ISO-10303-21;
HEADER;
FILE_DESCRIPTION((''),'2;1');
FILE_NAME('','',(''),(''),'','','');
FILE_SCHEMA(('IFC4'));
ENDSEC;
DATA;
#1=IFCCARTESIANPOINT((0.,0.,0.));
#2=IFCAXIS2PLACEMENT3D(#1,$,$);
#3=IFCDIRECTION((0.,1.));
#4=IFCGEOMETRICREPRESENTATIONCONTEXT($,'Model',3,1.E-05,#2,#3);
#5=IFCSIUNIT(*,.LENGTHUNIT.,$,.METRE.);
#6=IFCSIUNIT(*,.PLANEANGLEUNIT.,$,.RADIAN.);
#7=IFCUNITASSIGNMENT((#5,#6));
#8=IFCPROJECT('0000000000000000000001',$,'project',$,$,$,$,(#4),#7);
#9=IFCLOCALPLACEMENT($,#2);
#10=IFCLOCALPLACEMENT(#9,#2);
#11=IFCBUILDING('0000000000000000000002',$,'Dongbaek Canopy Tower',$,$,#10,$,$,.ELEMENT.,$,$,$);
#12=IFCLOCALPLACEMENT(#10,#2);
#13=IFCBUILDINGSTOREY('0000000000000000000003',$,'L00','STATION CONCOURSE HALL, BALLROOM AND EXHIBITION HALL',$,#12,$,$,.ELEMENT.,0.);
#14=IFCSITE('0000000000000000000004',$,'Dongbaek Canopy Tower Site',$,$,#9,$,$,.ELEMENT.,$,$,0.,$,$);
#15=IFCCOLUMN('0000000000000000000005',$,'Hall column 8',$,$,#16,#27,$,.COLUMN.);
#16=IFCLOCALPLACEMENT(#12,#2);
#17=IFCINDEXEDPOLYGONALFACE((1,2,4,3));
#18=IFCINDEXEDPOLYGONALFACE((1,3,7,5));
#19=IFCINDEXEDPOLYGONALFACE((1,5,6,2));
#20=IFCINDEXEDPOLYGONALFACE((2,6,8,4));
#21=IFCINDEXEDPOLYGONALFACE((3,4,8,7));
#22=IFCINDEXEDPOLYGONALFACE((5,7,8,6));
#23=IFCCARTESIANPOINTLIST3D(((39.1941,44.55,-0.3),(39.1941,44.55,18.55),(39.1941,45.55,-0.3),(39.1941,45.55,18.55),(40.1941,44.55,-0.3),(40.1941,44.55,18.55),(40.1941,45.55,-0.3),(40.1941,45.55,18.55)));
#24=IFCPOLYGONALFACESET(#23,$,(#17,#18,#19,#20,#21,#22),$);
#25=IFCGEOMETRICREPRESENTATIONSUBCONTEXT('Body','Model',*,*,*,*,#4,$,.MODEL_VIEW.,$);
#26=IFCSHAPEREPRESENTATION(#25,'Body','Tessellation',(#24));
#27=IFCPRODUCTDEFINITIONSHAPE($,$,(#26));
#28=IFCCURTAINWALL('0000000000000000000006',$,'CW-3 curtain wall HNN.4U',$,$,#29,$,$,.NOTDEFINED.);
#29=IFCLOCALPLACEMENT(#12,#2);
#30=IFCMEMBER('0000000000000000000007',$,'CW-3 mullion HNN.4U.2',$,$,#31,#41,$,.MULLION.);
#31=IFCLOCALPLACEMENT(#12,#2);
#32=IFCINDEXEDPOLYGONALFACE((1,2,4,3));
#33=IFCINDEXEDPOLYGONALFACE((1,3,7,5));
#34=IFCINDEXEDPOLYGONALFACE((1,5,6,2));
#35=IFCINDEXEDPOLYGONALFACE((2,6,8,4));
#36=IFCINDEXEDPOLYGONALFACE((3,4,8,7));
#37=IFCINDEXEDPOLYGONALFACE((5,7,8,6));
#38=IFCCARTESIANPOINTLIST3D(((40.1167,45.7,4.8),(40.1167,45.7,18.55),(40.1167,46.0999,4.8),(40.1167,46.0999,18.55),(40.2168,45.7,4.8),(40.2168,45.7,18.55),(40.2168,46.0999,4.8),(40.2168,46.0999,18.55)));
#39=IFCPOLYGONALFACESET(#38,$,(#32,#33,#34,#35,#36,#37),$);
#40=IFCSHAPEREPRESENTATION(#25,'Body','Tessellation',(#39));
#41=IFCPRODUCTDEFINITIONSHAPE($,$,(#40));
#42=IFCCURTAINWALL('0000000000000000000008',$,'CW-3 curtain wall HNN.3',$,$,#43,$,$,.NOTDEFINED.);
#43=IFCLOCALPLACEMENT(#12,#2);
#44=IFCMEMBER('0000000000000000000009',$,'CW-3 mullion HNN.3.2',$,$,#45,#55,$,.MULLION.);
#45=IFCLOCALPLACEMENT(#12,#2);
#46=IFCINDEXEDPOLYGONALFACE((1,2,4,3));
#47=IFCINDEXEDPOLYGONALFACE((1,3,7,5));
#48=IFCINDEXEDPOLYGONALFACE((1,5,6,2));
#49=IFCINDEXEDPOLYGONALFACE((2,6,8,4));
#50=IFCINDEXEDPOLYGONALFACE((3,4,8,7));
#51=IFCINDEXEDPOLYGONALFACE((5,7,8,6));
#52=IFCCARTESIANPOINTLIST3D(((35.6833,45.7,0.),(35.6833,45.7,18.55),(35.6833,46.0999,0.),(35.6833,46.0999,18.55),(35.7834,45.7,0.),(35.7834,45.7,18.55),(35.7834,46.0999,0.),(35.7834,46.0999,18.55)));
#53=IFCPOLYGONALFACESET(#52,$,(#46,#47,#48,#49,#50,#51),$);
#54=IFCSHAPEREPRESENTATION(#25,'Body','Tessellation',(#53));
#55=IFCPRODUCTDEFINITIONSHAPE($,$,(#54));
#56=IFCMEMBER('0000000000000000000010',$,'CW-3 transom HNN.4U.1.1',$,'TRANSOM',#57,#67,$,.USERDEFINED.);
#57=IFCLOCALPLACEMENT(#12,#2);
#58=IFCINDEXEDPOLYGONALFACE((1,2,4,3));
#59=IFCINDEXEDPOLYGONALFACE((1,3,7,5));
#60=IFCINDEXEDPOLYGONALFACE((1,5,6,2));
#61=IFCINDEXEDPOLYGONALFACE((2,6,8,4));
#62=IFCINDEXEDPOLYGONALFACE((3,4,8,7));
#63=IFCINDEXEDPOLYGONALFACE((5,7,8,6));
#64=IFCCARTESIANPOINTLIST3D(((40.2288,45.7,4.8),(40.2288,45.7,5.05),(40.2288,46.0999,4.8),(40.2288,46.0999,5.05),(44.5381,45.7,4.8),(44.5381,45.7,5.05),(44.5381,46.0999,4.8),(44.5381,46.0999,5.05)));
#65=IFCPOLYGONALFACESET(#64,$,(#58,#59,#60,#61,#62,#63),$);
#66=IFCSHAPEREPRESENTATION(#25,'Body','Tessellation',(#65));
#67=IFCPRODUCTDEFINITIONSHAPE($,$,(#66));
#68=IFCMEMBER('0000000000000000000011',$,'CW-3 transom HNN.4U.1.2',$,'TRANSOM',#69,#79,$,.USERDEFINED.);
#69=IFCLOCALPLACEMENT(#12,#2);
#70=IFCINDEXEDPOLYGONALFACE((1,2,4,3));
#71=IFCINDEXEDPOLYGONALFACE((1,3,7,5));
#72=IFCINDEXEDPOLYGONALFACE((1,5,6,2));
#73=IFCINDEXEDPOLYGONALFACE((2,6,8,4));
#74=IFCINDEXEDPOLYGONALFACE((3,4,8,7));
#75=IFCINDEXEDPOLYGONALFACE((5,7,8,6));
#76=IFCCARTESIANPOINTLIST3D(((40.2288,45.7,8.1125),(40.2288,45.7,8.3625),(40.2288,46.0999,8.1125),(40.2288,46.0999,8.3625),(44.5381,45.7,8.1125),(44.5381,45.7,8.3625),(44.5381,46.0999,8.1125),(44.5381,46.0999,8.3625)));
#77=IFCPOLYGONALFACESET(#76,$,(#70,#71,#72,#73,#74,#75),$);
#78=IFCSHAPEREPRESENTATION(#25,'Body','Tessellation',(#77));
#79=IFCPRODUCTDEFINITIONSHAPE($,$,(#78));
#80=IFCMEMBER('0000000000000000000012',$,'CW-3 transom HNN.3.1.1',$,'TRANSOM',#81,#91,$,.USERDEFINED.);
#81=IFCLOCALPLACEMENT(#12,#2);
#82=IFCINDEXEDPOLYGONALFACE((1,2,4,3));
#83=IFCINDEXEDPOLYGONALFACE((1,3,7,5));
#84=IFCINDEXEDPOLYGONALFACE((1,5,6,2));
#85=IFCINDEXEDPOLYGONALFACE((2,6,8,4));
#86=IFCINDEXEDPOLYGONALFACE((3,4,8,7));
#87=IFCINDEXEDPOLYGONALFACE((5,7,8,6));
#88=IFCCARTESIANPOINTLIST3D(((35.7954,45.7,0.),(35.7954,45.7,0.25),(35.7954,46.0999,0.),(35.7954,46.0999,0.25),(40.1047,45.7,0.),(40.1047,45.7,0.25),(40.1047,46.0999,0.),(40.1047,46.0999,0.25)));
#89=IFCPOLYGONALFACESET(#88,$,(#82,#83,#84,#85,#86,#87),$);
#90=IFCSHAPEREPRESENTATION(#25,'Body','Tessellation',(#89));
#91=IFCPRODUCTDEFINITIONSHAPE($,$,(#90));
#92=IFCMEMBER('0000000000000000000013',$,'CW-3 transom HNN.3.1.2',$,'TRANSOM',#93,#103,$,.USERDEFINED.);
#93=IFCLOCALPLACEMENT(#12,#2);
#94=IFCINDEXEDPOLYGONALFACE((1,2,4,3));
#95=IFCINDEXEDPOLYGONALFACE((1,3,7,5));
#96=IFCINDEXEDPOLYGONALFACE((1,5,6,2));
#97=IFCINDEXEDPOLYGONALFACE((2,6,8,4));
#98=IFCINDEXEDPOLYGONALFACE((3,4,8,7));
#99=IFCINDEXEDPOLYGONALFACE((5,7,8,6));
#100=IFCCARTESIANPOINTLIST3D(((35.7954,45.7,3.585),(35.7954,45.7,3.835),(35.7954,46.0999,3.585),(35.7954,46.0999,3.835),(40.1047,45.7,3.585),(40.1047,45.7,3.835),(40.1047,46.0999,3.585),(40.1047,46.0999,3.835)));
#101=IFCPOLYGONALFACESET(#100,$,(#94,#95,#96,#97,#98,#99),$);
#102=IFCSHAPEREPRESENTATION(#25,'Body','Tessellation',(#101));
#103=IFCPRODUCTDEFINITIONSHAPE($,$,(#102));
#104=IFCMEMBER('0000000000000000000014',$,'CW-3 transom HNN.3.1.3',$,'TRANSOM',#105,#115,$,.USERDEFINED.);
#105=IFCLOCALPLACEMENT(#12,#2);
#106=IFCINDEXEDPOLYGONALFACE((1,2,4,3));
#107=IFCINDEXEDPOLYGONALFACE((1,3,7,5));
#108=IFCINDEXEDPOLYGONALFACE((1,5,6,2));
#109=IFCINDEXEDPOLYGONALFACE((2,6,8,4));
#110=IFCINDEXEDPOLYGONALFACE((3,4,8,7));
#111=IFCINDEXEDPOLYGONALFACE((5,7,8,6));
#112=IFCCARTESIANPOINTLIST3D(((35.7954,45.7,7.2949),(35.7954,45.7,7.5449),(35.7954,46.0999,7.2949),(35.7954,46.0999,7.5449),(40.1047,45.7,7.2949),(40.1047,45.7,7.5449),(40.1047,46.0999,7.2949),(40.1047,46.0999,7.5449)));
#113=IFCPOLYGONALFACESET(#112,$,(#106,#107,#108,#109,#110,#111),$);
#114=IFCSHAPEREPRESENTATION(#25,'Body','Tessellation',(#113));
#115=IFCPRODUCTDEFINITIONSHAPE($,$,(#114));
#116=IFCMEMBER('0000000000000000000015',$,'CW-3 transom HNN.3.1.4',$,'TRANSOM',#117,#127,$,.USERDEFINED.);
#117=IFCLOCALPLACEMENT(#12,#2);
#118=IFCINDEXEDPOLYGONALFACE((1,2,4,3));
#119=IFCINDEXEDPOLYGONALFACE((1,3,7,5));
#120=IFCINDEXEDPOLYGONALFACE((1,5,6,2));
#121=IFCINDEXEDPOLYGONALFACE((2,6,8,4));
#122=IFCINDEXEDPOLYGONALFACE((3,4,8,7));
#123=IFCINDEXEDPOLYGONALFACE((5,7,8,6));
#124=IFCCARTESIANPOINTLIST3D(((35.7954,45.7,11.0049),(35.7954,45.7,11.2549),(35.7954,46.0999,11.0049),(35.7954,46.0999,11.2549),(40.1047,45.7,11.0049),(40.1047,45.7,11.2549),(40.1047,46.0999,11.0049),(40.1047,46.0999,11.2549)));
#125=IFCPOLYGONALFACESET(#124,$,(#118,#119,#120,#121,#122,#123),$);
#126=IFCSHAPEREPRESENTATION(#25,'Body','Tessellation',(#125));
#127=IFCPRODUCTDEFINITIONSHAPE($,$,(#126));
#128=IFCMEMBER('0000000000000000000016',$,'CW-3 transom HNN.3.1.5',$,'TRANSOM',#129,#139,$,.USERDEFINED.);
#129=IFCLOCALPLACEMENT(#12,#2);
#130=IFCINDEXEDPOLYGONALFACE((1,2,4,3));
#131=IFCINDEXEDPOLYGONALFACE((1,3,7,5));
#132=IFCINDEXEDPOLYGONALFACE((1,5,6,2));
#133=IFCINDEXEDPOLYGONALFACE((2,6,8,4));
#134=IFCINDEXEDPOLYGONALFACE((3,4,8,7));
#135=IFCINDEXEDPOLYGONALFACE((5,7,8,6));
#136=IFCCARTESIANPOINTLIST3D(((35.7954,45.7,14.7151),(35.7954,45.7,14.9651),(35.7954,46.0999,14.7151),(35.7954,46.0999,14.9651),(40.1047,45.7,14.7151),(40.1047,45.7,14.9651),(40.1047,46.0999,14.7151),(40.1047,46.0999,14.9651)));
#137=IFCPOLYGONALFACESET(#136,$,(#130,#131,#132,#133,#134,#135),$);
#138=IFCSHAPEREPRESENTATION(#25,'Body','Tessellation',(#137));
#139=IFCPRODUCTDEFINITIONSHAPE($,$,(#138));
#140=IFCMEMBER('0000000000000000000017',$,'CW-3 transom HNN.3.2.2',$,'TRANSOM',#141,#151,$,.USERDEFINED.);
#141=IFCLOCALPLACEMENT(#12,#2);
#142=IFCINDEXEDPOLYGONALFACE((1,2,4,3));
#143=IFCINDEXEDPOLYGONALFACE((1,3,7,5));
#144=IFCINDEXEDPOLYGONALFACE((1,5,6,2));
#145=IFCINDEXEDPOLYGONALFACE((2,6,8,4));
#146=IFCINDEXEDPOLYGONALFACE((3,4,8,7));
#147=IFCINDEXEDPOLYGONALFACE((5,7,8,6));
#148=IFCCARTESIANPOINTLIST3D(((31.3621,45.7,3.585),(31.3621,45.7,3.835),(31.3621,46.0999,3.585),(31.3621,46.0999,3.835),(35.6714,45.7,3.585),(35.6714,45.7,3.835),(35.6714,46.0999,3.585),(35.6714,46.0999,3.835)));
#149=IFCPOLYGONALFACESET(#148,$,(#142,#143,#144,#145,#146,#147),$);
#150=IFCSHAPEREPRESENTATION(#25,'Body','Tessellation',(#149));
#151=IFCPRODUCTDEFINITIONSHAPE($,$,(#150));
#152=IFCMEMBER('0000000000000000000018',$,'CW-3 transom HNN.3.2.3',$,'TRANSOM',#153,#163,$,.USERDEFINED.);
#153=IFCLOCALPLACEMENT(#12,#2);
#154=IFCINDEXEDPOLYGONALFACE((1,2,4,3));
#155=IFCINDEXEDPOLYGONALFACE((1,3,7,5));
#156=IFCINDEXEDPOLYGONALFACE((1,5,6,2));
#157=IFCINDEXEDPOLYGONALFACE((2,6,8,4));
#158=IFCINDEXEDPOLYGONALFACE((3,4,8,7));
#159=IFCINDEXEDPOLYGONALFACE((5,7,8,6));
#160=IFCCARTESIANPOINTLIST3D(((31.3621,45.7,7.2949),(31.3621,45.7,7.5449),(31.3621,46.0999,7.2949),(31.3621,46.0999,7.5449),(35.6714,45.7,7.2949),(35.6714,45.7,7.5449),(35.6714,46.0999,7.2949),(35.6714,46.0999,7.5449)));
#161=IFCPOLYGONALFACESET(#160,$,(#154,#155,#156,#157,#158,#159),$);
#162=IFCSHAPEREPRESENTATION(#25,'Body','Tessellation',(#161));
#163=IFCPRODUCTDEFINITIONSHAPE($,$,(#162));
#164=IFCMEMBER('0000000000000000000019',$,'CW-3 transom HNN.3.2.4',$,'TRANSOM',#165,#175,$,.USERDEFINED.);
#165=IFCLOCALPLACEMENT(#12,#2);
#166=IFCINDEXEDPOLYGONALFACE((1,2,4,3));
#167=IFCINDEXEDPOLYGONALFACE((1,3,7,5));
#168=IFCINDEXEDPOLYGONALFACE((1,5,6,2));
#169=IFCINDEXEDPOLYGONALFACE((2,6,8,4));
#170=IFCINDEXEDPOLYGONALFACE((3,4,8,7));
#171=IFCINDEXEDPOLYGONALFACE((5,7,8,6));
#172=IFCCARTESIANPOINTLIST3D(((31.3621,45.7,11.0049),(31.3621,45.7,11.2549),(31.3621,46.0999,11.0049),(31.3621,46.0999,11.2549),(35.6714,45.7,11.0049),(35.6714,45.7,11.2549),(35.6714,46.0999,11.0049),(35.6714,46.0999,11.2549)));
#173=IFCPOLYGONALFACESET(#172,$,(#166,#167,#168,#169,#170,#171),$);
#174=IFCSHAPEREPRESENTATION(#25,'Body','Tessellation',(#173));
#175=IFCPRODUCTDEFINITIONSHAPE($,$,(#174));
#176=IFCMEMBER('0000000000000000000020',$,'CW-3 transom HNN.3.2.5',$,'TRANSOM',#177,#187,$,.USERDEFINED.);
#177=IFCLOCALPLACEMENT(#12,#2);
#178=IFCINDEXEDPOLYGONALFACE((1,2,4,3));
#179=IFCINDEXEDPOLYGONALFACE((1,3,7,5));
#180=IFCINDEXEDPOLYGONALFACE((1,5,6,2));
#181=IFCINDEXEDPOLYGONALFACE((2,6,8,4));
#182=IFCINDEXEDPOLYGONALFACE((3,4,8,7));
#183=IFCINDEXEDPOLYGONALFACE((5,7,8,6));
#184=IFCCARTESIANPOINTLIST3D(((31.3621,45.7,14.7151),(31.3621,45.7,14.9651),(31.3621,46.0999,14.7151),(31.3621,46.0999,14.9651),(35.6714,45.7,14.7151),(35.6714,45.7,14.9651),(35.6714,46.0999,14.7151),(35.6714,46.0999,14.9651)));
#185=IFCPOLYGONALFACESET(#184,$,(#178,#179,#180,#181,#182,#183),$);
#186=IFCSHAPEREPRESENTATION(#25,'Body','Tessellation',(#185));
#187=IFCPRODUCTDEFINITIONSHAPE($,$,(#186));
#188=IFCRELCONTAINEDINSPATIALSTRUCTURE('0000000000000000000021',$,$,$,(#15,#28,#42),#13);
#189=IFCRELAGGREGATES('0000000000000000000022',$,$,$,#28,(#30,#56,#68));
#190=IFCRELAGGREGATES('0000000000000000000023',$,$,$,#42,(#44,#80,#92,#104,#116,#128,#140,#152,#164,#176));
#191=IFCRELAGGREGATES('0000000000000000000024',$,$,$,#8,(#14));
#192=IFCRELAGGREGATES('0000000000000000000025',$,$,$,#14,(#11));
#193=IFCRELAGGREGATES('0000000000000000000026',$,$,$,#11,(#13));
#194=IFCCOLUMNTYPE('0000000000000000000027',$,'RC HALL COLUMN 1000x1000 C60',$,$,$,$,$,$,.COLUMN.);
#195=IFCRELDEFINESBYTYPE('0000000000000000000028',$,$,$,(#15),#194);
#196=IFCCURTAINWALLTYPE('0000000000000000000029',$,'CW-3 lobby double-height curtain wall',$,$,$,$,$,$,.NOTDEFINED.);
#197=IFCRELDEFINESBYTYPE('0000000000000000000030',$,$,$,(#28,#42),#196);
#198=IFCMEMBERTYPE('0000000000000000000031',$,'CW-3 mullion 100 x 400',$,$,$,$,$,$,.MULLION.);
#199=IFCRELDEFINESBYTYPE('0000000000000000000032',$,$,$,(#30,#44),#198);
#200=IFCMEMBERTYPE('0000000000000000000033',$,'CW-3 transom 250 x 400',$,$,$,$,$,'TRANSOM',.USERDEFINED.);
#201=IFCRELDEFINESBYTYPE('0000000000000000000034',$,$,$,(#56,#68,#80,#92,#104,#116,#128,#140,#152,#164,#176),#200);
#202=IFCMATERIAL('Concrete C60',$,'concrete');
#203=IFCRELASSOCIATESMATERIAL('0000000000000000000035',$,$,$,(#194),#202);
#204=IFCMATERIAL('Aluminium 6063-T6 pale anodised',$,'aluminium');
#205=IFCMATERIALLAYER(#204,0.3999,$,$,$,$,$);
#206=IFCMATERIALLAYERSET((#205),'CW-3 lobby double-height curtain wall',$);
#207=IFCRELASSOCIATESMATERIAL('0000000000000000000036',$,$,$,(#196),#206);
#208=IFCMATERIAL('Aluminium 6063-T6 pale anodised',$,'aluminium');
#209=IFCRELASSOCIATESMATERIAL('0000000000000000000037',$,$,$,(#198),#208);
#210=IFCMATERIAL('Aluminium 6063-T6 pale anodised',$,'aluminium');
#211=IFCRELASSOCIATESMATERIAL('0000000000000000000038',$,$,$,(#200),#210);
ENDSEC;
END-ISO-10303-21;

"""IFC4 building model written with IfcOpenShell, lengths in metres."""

from ifc_helpers import new_model, si_unit, direction, frame, origin, origin_2d, place, context, subcontext, project, spatial, rectangle, extrude, material, layer, layer_set, material_profile, profile_set, type_object, element, aggregate, save


model = new_model("IFC4")

# Units and contexts
model_context = context("Model", 3, precision=1e-05, world=origin(), true_north=direction((0.0, 1.0)))
body_context = subcontext(model_context, "Body", "Model", "MODEL_VIEW")
ifc_project = project(units=[si_unit("LENGTHUNIT", "METRE"), si_unit("PLANEANGLEUNIT", "RADIAN")], contexts=[model_context])

# Site, building, storey
site_placement = place(None, origin())
site = spatial("IfcSite", under=ifc_project, at=site_placement, Name="Dongbaek Canopy Tower Site", CompositionType="ELEMENT", RefElevation=0.0)
building_placement = place(site_placement, origin())
building = spatial("IfcBuilding", under=site, at=building_placement, Name="Dongbaek Canopy Tower", CompositionType="ELEMENT")
storey_placement = place(building_placement, origin())
storey = spatial("IfcBuildingStorey", under=building, at=storey_placement, Name="L00", Description="STATION CONCOURSE HALL, BALLROOM AND EXHIBITION HALL", CompositionType="ELEMENT", Elevation=0.0)

# Column
ifc_material_1 = material(Name="Concrete C60", Category="concrete")
ifc_material_profile_1 = material_profile(ifc_material_1, rectangle(XDim=1.0, YDim=1.0, at=origin_2d()), Name="RC HALL COLUMN 1000x1000 C60")
ifc_profile_set_1 = profile_set([ifc_material_profile_1], Name="Concrete C60")
column_type = type_object("IfcColumnType", Name="RC HALL COLUMN 1000x1000 C60", PredefinedType="COLUMN", material=ifc_profile_set_1)
column_placement = place(storey_placement, frame((39.6941, 45.05, -0.3), z_axis=(0.0, 0.0, 1.0), x_axis=(1.0, 0.0, 0.0)))
element("IfcColumn", 1, at=column_placement, inside=storey, type_object=column_type, Name="Hall column 8", PredefinedType="COLUMN", context=body_context, shape_type="SweptSolid", body=[
    extrude(rectangle(XDim=1.0, YDim=1.0, at=origin_2d()), origin(), (0.0, 0.0, 1.0), 18.8501),
])

# Curtain walls, members
ifc_material_2 = material(Name="Aluminium 6063-T6 pale anodised", Category="aluminium")
ifc_layer_1 = layer(ifc_material_2, 0.3999)
ifc_layer_set_1 = layer_set([ifc_layer_1], Name="CW-3 lobby double-height curtain wall")
curtain_wall_type = type_object("IfcCurtainWallType", Name="CW-3 lobby double-height curtain wall", PredefinedType="NOTDEFINED", material=ifc_layer_set_1)
curtain_wall_1_placement = place(storey_placement, origin())
curtain_wall_1 = element("IfcCurtainWall", 2, at=curtain_wall_1_placement, inside=storey, type_object=curtain_wall_type, Name="CW-3 curtain wall HNN.4U", PredefinedType="NOTDEFINED")
ifc_material_3 = material(Name="Aluminium 6063-T6 pale anodised", Category="aluminium")
ifc_material_profile_2 = material_profile(ifc_material_3, rectangle(XDim=0.3999, YDim=0.1001, at=origin_2d()), Name="CW-3 mullion 100 x 400")
ifc_profile_set_2 = profile_set([ifc_material_profile_2], Name="Aluminium 6063-T6 pale anodised")
member_type_1 = type_object("IfcMemberType", Name="CW-3 mullion 100 x 400", PredefinedType="MULLION", material=ifc_profile_set_2)
member_1_placement = place(storey_placement, frame((40.1667, 45.8999, 4.8), z_axis=(0.0, 0.0, 1.0), x_axis=(0.0, 1.0, 0.0)))
member_1 = element("IfcMember", 3, at=member_1_placement, type_object=member_type_1, Name="CW-3 mullion HNN.4U.2", PredefinedType="MULLION", context=body_context, shape_type="SweptSolid", body=[
    extrude(rectangle(XDim=0.3999, YDim=0.1001, at=origin_2d()), origin(), (0.0, 0.0, 1.0), 13.75),
])
curtain_wall_2_placement = place(storey_placement, origin())
curtain_wall_2 = element("IfcCurtainWall", 4, at=curtain_wall_2_placement, inside=storey, type_object=curtain_wall_type, Name="CW-3 curtain wall HNN.3", PredefinedType="NOTDEFINED")
member_2_placement = place(storey_placement, frame((35.7334, 45.8999, 0.0), z_axis=(0.0, 0.0, 1.0), x_axis=(0.0, 1.0, 0.0)))
member_2 = element("IfcMember", 5, at=member_2_placement, type_object=member_type_1, Name="CW-3 mullion HNN.3.2", PredefinedType="MULLION", context=body_context, shape_type="SweptSolid", body=[
    extrude(rectangle(XDim=0.3999, YDim=0.1001, at=origin_2d()), origin(), (0.0, 0.0, 1.0), 18.55),
])

# Members
ifc_material_4 = material(Name="Aluminium 6063-T6 pale anodised", Category="aluminium")
ifc_material_profile_3 = material_profile(ifc_material_4, rectangle(XDim=0.3999, YDim=0.25, at=origin_2d()), Name="CW-3 transom 250 x 400")
ifc_profile_set_3 = profile_set([ifc_material_profile_3], Name="Aluminium 6063-T6 pale anodised")
member_type_2 = type_object("IfcMemberType", Name="CW-3 transom 250 x 400", ElementType="TRANSOM", PredefinedType="USERDEFINED", material=ifc_profile_set_3)
member_3_placement = place(storey_placement, frame((44.5381, 45.8999, 4.925), z_axis=(-1.0, 0.0, 0.0), x_axis=(0.0, -1.0, 0.0)))
member_3 = element("IfcMember", 6, at=member_3_placement, type_object=member_type_2, Name="CW-3 transom HNN.4U.1.1", ObjectType="TRANSOM", PredefinedType="USERDEFINED", context=body_context, shape_type="SweptSolid", body=[
    extrude(rectangle(XDim=0.3999, YDim=0.25, at=origin_2d()), origin(), (0.0, 0.0, 1.0), 4.3093),
])
member_4_placement = place(storey_placement, frame((44.5381, 45.8999, 8.2375), z_axis=(-1.0, 0.0, 0.0), x_axis=(0.0, -1.0, 0.0)))
member_4 = element("IfcMember", 7, at=member_4_placement, type_object=member_type_2, Name="CW-3 transom HNN.4U.1.2", ObjectType="TRANSOM", PredefinedType="USERDEFINED", context=body_context, shape_type="SweptSolid", body=[
    extrude(rectangle(XDim=0.3999, YDim=0.25, at=origin_2d()), origin(), (0.0, 0.0, 1.0), 4.3093),
])
member_5_placement = place(storey_placement, frame((40.1047, 45.8999, 0.125), z_axis=(-1.0, 0.0, 0.0), x_axis=(0.0, -1.0, 0.0)))
member_5 = element("IfcMember", 8, at=member_5_placement, type_object=member_type_2, Name="CW-3 transom HNN.3.1.1", ObjectType="TRANSOM", PredefinedType="USERDEFINED", context=body_context, shape_type="SweptSolid", body=[
    extrude(rectangle(XDim=0.3999, YDim=0.25, at=origin_2d()), origin(), (0.0, 0.0, 1.0), 4.3093),
])
member_6_placement = place(storey_placement, frame((40.1047, 45.8999, 3.71), z_axis=(-1.0, 0.0, 0.0), x_axis=(0.0, -1.0, 0.0)))
member_6 = element("IfcMember", 9, at=member_6_placement, type_object=member_type_2, Name="CW-3 transom HNN.3.1.2", ObjectType="TRANSOM", PredefinedType="USERDEFINED", context=body_context, shape_type="SweptSolid", body=[
    extrude(rectangle(XDim=0.3999, YDim=0.25, at=origin_2d()), origin(), (0.0, 0.0, 1.0), 4.3093),
])
member_7_placement = place(storey_placement, frame((40.1047, 45.8999, 7.4199), z_axis=(-1.0, 0.0, 0.0), x_axis=(0.0, -1.0, 0.0)))
member_7 = element("IfcMember", 10, at=member_7_placement, type_object=member_type_2, Name="CW-3 transom HNN.3.1.3", ObjectType="TRANSOM", PredefinedType="USERDEFINED", context=body_context, shape_type="SweptSolid", body=[
    extrude(rectangle(XDim=0.3999, YDim=0.25, at=origin_2d()), origin(), (0.0, 0.0, 1.0), 4.3093),
])
member_8_placement = place(storey_placement, frame((40.1047, 45.8999, 11.1299), z_axis=(-1.0, 0.0, 0.0), x_axis=(0.0, -1.0, 0.0)))
member_8 = element("IfcMember", 11, at=member_8_placement, type_object=member_type_2, Name="CW-3 transom HNN.3.1.4", ObjectType="TRANSOM", PredefinedType="USERDEFINED", context=body_context, shape_type="SweptSolid", body=[
    extrude(rectangle(XDim=0.3999, YDim=0.25, at=origin_2d()), origin(), (0.0, 0.0, 1.0), 4.3093),
])
member_9_placement = place(storey_placement, frame((40.1047, 45.8999, 14.8401), z_axis=(-1.0, 0.0, 0.0), x_axis=(0.0, -1.0, 0.0)))
member_9 = element("IfcMember", 12, at=member_9_placement, type_object=member_type_2, Name="CW-3 transom HNN.3.1.5", ObjectType="TRANSOM", PredefinedType="USERDEFINED", context=body_context, shape_type="SweptSolid", body=[
    extrude(rectangle(XDim=0.3999, YDim=0.25, at=origin_2d()), origin(), (0.0, 0.0, 1.0), 4.3093),
])
member_10_placement = place(storey_placement, frame((35.6714, 45.8999, 3.71), z_axis=(-1.0, 0.0, 0.0), x_axis=(0.0, -1.0, 0.0)))
member_10 = element("IfcMember", 13, at=member_10_placement, type_object=member_type_2, Name="CW-3 transom HNN.3.2.2", ObjectType="TRANSOM", PredefinedType="USERDEFINED", context=body_context, shape_type="SweptSolid", body=[
    extrude(rectangle(XDim=0.3999, YDim=0.25, at=origin_2d()), origin(), (0.0, 0.0, 1.0), 4.3093),
])
member_11_placement = place(storey_placement, frame((35.6714, 45.8999, 7.4199), z_axis=(-1.0, 0.0, 0.0), x_axis=(0.0, -1.0, 0.0)))
member_11 = element("IfcMember", 14, at=member_11_placement, type_object=member_type_2, Name="CW-3 transom HNN.3.2.3", ObjectType="TRANSOM", PredefinedType="USERDEFINED", context=body_context, shape_type="SweptSolid", body=[
    extrude(rectangle(XDim=0.3999, YDim=0.25, at=origin_2d()), origin(), (0.0, 0.0, 1.0), 4.3093),
])
member_12_placement = place(storey_placement, frame((35.6714, 45.8999, 11.1299), z_axis=(-1.0, 0.0, 0.0), x_axis=(0.0, -1.0, 0.0)))
member_12 = element("IfcMember", 15, at=member_12_placement, type_object=member_type_2, Name="CW-3 transom HNN.3.2.4", ObjectType="TRANSOM", PredefinedType="USERDEFINED", context=body_context, shape_type="SweptSolid", body=[
    extrude(rectangle(XDim=0.3999, YDim=0.25, at=origin_2d()), origin(), (0.0, 0.0, 1.0), 4.3093),
])
member_13_placement = place(storey_placement, frame((35.6714, 45.8999, 14.8401), z_axis=(-1.0, 0.0, 0.0), x_axis=(0.0, -1.0, 0.0)))
member_13 = element("IfcMember", 16, at=member_13_placement, type_object=member_type_2, Name="CW-3 transom HNN.3.2.5", ObjectType="TRANSOM", PredefinedType="USERDEFINED", context=body_context, shape_type="SweptSolid", body=[
    extrude(rectangle(XDim=0.3999, YDim=0.25, at=origin_2d()), origin(), (0.0, 0.0, 1.0), 4.3093),
])

aggregate(curtain_wall_1, [member_1, member_3, member_4])
aggregate(curtain_wall_2, [member_2, member_5, member_6, member_7, member_8, member_9, member_10, member_11, member_12, member_13])

save(model, "model.ifc")
